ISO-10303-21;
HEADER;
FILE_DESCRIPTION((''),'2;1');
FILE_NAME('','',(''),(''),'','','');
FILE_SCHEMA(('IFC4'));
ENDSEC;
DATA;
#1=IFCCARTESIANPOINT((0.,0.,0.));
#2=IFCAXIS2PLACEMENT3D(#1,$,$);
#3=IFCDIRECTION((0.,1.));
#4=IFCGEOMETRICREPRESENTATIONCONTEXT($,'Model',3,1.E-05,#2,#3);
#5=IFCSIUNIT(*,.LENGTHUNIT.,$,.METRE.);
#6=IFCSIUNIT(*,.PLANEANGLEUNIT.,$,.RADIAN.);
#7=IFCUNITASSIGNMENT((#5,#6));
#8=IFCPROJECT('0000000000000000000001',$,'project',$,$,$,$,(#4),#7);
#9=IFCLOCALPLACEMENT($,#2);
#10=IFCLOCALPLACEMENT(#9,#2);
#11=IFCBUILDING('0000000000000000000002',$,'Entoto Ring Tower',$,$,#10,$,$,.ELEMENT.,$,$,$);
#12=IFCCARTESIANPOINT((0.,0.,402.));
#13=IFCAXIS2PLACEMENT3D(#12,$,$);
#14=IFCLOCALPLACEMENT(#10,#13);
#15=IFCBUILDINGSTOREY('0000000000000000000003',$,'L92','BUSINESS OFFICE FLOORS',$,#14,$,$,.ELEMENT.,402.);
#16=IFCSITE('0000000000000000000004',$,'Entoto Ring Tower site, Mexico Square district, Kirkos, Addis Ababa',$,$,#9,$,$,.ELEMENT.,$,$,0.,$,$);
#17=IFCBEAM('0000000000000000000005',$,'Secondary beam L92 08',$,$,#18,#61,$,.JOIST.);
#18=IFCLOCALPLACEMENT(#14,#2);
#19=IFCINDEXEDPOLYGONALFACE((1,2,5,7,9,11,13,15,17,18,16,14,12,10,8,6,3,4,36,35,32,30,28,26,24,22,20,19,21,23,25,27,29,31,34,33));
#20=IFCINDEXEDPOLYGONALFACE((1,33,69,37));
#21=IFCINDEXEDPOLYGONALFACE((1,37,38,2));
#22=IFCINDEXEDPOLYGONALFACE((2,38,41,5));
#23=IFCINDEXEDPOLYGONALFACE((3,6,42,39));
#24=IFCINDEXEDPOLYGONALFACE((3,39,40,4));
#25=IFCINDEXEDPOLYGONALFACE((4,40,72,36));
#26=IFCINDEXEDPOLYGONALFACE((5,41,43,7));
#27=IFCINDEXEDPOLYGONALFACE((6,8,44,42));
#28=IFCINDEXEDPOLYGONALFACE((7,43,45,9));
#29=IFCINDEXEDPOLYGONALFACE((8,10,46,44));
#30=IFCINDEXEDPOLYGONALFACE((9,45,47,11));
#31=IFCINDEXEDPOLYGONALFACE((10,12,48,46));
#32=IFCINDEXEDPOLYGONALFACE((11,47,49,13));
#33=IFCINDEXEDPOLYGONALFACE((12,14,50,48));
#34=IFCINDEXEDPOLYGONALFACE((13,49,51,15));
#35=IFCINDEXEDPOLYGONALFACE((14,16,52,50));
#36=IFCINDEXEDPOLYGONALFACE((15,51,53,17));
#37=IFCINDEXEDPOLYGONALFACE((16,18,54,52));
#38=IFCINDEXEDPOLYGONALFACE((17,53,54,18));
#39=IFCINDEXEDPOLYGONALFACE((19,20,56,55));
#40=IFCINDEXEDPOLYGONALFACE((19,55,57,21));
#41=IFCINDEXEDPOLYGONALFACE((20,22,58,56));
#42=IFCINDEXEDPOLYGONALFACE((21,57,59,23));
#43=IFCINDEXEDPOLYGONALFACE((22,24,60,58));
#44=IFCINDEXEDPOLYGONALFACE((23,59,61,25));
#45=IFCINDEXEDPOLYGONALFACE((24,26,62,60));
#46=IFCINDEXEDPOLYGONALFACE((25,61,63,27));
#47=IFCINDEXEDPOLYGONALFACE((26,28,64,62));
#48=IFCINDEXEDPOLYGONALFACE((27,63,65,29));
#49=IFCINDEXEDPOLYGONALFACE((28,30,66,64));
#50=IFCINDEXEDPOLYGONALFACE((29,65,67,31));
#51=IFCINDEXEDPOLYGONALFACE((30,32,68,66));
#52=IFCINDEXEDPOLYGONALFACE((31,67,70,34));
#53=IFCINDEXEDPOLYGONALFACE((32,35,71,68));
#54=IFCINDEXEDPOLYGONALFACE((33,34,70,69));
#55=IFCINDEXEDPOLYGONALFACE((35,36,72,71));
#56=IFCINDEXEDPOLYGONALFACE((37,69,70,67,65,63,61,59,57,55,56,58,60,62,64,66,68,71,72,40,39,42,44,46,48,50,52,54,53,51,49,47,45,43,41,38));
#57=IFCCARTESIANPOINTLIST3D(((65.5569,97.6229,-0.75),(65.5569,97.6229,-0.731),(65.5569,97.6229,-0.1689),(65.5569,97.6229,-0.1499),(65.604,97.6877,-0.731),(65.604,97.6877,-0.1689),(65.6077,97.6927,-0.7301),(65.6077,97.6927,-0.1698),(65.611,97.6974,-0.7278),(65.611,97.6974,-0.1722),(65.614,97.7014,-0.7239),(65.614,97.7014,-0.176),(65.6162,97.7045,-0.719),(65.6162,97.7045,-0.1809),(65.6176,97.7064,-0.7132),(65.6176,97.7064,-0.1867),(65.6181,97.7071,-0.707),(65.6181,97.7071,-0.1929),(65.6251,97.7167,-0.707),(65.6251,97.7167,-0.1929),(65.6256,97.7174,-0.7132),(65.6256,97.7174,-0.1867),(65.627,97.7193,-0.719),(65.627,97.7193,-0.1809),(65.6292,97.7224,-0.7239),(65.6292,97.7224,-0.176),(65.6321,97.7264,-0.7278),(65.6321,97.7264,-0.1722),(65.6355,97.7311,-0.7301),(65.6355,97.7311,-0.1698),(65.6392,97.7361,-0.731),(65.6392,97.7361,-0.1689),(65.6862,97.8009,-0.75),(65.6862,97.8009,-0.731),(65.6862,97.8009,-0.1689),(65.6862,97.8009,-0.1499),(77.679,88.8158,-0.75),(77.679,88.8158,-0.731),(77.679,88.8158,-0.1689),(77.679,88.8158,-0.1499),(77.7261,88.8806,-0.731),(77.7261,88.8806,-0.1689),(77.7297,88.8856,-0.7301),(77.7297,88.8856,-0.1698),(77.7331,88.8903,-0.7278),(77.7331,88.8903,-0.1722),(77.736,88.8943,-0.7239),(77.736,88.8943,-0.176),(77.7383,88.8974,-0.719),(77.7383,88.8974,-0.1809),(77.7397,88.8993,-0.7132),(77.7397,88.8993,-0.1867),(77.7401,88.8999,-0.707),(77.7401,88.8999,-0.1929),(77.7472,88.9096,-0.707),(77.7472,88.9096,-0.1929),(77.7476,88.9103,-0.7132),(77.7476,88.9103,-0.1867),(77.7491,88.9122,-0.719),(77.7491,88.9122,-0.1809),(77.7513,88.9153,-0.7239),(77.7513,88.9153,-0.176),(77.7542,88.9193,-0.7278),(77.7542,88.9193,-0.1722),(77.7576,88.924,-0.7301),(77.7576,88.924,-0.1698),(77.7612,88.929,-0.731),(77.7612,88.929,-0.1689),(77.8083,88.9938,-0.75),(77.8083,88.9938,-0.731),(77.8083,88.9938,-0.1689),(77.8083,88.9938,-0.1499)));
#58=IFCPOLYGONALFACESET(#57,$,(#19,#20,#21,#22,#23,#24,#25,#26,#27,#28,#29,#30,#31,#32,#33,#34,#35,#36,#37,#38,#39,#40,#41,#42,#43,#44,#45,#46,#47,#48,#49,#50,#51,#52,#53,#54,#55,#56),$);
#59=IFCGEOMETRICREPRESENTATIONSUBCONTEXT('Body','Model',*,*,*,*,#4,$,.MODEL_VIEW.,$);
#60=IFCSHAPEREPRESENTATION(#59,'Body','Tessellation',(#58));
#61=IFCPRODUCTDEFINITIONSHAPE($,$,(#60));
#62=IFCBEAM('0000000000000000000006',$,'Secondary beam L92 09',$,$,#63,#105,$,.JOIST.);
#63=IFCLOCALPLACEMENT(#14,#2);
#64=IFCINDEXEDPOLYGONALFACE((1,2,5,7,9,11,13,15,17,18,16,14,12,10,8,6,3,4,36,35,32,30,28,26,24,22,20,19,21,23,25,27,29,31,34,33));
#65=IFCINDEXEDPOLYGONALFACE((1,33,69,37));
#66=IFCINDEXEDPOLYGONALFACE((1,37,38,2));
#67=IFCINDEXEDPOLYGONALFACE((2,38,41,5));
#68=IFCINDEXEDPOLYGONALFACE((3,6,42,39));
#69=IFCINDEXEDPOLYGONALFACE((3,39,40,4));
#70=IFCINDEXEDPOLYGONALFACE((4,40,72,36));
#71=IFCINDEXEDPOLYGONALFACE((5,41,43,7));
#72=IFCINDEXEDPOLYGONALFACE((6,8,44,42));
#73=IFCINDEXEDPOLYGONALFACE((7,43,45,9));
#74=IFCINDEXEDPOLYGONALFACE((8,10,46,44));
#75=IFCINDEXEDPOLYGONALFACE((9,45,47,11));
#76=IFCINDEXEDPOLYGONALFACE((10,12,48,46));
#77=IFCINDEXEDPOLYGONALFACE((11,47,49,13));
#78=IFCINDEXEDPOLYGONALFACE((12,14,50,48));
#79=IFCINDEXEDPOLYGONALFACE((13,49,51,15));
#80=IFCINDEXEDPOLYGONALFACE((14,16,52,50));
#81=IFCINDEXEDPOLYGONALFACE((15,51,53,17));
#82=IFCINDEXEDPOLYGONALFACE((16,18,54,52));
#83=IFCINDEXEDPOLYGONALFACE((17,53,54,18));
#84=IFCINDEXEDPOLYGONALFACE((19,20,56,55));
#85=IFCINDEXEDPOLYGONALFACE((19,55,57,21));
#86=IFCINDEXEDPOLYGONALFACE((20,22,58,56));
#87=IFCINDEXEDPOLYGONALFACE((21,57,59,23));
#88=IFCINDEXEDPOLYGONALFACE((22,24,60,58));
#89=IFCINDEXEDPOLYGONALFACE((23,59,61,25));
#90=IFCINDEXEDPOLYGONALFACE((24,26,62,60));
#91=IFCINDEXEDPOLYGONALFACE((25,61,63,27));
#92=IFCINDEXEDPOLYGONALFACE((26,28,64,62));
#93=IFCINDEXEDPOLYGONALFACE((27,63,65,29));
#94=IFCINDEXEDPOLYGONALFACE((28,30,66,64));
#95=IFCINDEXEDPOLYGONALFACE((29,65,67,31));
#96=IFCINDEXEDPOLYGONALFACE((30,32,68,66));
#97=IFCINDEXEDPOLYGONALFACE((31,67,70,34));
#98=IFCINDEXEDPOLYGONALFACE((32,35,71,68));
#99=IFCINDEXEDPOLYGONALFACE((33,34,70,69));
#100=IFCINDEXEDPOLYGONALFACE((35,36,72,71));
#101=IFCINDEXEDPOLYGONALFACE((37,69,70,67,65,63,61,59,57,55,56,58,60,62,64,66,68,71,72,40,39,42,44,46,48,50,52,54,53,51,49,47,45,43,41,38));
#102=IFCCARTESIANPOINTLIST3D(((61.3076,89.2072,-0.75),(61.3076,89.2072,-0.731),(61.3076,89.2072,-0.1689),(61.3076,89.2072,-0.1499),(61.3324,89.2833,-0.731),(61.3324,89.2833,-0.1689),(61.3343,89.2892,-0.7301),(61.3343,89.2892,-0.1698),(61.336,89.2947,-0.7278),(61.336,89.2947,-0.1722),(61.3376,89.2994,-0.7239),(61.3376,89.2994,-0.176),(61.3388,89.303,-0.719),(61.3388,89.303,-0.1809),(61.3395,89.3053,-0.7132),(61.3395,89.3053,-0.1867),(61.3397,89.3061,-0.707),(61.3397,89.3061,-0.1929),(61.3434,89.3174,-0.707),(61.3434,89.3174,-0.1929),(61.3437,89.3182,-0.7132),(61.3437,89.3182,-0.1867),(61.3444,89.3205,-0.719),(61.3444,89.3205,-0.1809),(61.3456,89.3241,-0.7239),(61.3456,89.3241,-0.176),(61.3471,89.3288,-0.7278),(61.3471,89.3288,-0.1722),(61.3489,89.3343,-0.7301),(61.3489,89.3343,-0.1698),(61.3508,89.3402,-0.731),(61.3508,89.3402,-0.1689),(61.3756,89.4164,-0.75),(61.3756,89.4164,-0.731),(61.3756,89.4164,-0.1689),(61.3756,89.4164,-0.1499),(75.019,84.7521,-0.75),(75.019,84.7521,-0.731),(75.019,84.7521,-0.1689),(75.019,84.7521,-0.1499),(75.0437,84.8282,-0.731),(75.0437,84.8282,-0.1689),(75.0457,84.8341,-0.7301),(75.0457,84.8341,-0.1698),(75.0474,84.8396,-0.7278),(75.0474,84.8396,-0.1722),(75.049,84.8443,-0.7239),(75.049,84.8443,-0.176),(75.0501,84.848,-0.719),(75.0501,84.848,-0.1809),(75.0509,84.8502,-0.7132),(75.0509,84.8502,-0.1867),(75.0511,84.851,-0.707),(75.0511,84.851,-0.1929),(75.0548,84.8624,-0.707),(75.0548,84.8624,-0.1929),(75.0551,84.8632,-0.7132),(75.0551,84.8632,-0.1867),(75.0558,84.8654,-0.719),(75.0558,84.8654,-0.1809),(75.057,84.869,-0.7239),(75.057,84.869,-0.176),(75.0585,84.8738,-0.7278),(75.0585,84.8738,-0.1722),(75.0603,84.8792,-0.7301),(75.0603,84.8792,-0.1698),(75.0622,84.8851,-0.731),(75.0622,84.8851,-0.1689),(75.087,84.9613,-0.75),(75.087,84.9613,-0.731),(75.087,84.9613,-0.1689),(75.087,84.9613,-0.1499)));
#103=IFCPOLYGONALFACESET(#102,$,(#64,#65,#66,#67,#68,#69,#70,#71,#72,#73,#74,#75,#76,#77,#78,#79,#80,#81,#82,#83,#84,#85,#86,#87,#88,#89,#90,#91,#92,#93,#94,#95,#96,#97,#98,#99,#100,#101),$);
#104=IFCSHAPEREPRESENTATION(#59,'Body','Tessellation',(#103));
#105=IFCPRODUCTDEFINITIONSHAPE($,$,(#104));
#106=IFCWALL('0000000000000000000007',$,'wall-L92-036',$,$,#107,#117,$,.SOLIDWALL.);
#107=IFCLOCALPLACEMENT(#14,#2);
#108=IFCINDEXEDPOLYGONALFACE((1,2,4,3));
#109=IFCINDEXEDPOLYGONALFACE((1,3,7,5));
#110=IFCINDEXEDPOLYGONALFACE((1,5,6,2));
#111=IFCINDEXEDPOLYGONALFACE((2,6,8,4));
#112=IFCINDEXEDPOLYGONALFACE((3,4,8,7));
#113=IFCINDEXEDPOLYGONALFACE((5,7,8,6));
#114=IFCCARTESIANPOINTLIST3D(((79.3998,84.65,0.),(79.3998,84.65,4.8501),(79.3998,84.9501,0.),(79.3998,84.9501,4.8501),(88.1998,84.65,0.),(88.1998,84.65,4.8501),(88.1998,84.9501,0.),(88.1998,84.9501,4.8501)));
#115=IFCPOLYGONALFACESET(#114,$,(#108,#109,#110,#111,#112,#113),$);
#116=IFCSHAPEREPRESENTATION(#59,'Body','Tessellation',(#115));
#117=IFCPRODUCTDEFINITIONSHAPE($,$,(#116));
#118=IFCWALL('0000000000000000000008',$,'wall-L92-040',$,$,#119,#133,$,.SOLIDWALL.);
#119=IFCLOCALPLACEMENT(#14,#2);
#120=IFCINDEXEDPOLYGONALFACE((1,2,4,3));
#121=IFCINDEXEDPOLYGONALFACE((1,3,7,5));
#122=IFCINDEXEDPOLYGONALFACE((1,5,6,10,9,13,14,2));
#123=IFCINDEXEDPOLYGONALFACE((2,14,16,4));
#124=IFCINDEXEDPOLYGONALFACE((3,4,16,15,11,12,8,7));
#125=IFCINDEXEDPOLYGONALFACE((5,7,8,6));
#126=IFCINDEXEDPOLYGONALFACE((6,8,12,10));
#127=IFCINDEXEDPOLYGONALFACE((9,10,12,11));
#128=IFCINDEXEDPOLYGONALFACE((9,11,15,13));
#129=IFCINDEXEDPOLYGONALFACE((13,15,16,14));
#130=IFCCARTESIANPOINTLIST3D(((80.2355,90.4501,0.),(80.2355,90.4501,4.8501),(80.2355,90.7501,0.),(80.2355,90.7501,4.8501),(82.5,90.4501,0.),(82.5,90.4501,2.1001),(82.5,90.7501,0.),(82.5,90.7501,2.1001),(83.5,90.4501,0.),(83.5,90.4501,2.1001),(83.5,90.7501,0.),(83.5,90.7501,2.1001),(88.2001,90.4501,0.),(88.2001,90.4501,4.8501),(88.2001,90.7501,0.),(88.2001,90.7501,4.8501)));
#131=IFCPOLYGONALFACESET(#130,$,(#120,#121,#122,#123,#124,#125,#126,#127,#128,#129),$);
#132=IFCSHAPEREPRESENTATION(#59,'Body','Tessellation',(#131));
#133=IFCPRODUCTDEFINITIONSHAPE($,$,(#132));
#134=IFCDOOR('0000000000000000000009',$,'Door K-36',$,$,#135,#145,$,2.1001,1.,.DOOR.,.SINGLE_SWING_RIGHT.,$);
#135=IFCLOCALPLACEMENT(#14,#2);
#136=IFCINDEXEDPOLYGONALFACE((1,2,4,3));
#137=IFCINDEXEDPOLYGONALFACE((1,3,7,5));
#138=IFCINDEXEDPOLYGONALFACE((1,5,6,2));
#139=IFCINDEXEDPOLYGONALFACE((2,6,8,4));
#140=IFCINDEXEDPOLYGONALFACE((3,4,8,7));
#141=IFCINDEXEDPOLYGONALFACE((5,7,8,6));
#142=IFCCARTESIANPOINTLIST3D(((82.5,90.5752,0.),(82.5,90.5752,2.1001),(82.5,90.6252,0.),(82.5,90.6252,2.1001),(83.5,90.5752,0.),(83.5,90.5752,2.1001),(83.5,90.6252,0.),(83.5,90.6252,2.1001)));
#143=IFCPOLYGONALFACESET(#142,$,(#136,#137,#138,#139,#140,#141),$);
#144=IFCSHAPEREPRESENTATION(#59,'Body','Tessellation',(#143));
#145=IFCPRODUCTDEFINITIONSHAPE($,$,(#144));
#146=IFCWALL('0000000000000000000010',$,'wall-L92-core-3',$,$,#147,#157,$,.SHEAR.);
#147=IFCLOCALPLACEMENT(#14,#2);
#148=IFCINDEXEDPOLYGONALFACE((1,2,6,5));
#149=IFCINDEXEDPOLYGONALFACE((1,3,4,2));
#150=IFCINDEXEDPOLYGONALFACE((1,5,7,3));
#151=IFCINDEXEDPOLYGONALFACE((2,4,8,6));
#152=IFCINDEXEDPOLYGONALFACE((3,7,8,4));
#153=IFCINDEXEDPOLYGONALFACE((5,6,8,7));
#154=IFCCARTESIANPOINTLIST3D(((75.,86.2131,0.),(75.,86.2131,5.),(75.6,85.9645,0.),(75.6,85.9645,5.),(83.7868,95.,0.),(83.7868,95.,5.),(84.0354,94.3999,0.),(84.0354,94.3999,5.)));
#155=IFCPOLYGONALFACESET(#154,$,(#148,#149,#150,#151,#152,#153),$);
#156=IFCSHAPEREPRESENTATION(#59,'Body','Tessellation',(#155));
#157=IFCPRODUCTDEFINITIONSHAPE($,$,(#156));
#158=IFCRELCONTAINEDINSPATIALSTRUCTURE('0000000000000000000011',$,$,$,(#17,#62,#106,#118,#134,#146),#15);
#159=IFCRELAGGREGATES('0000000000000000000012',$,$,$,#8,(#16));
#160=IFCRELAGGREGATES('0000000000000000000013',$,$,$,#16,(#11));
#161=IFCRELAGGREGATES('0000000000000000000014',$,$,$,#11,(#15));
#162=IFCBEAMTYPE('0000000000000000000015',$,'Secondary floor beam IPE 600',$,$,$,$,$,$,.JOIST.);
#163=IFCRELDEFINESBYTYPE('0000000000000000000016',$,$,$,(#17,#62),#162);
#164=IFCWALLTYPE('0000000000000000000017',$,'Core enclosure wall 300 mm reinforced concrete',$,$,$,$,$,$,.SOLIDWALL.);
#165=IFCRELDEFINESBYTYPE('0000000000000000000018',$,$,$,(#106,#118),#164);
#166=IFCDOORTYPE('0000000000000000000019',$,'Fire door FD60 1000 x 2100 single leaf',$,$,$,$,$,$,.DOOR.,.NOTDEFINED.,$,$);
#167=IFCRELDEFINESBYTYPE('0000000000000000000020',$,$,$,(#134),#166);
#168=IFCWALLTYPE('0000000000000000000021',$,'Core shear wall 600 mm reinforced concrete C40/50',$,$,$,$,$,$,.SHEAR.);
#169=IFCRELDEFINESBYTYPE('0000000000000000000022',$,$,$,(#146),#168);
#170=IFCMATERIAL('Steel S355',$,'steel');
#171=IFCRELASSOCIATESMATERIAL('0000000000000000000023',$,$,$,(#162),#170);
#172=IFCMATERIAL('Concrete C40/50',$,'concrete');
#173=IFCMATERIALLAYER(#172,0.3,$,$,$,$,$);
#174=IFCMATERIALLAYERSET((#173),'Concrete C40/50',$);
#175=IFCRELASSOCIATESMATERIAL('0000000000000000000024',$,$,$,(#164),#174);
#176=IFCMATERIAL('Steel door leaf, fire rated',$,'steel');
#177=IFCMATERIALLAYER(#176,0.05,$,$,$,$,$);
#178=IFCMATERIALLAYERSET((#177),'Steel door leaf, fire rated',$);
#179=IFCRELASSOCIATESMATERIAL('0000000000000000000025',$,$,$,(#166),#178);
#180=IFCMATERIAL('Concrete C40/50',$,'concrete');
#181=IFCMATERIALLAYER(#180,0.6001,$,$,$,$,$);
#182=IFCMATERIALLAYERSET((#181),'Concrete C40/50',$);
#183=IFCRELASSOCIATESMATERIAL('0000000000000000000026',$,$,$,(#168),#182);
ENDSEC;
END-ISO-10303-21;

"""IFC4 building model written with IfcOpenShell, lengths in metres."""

from ifc_helpers import new_model, si_unit, direction, frame, frame_2d, origin, origin_2d, place, context, subcontext, project, spatial, polyline, rectangle, i_section, outline, extrude, material, layer, layer_set, material_profile, profile_set, type_object, element, fill, save


model = new_model("IFC4")

# Units and contexts
model_context = context("Model", 3, precision=1e-05, world=origin(), true_north=direction((0.0, 1.0)))
body_context = subcontext(model_context, "Body", "Model", "MODEL_VIEW")
ifc_project = project(units=[si_unit("LENGTHUNIT", "METRE"), si_unit("PLANEANGLEUNIT", "RADIAN")], contexts=[model_context])

# Site, building, storey
site_placement = place(None, origin())
site = spatial("IfcSite", under=ifc_project, at=site_placement, Name="Entoto Ring Tower site, Mexico Square district, Kirkos, Addis Ababa", CompositionType="ELEMENT", RefElevation=0.0)
building_placement = place(site_placement, origin())
building = spatial("IfcBuilding", under=site, at=building_placement, Name="Entoto Ring Tower", CompositionType="ELEMENT")
storey_placement = place(building_placement, frame((0.0, 0.0, 402.0)))
storey = spatial("IfcBuildingStorey", under=building, at=storey_placement, Name="L92", Description="BUSINESS OFFICE FLOORS", CompositionType="ELEMENT", Elevation=402.0)

# Beams
ifc_material_1 = material(Name="Steel S355", Category="steel")
ifc_material_profile_1 = material_profile(ifc_material_1, i_section(OverallWidth=0.22, OverallDepth=0.6001, WebThickness=0.012, FlangeThickness=0.019, FilletRadius=0.0239, at=origin_2d()), Name="IPE 600")
ifc_profile_set_1 = profile_set([ifc_material_profile_1], Name="Steel S355")
beam_type_1 = type_object("IfcBeamType", Name="Secondary floor beam IPE 600", PredefinedType="JOIST", material=ifc_profile_set_1)
for number, where, z_axis, x_axis, name in (
    (1, (77.7437, 88.9048, -0.45), (-0.809019, 0.587782, 0.0), (-0.587782, -0.809019, 0.0), "Secondary beam L92 08"),
):
    element("IfcBeam", number, at=place(storey_placement, frame(where, z_axis=z_axis, x_axis=x_axis)), inside=storey, type_object=beam_type_1, Name=name, PredefinedType="JOIST", context=body_context, shape_type="SweptSolid", body=[
        extrude(i_section(OverallWidth=0.22, OverallDepth=0.6001, WebThickness=0.012, FlangeThickness=0.019, FilletRadius=0.0239, at=origin_2d()), origin(), (0.0, 0.0, 1.0), 14.9836),
    ])
beam_1_placement = place(storey_placement, frame((75.053, 84.8567, -0.45), z_axis=(-0.951057, 0.309015, 0.0), x_axis=(-0.309015, -0.951057, 0.0)))
element("IfcBeam", 2, at=beam_1_placement, inside=storey, type_object=beam_type_1, Name="Secondary beam L92 09", PredefinedType="JOIST", context=body_context, shape_type="SweptSolid", body=[
    extrude(i_section(OverallWidth=0.22, OverallDepth=0.6001, WebThickness=0.012, FlangeThickness=0.019, FilletRadius=0.0239, at=origin_2d()), origin(), (0.0, 0.0, 1.0), 14.417),
])

# Wall
ifc_material_2 = material(Name="Concrete C40/50", Category="concrete")
ifc_layer_1 = layer(ifc_material_2, 0.3)
ifc_layer_set_1 = layer_set([ifc_layer_1], Name="Concrete C40/50")
wall_type_1 = type_object("IfcWallType", Name="Core enclosure wall 300 mm reinforced concrete", PredefinedType="SOLIDWALL", material=ifc_layer_set_1)
wall_1_placement = place(storey_placement, frame((79.3999, 84.8, 0.0), z_axis=(0.0, 0.0, 1.0), x_axis=(1.0, 0.0, 0.0)))
element("IfcWall", 3, at=wall_1_placement, inside=storey, type_object=wall_type_1, Name="wall-L92-036", PredefinedType="SOLIDWALL", context=body_context, shape_type="SweptSolid", body=[
    extrude(rectangle(XDim=8.8, YDim=0.3, at=frame_2d((4.3999, 0.0))), origin(), (0.0, 0.0, 1.0), 4.8501),
])

# Wall, opening, door
wall_2_placement = place(storey_placement, frame((80.2354, 90.6001, 0.0), z_axis=(0.0, 0.0, 1.0), x_axis=(1.0, 0.0, 0.0)))
wall_2 = element("IfcWall", 4, at=wall_2_placement, inside=storey, type_object=wall_type_1, Name="wall-L92-040", PredefinedType="SOLIDWALL", context=body_context, shape_type="SweptSolid", body=[
    extrude(rectangle(XDim=7.9646, YDim=0.3, at=frame_2d((3.9824, 0.0))), origin(), (0.0, 0.0, 1.0), 4.8501),
])
opening_1_placement = place(wall_2_placement, frame((2.2646, 0.0, 0.0)))
opening_1 = element("IfcOpeningElement", 5, at=opening_1_placement, cuts=wall_2, PredefinedType="OPENING", context=body_context, shape_type="SweptSolid", body=[
    extrude(rectangle(XDim=1.0, YDim=2.1001, at=frame_2d((0.5, 1.05))), frame((0.0, 0.1602, 0.0), z_axis=(0.0, -1.0, 0.0), x_axis=(1.0, 0.0, 0.0)), (0.0, 0.0, 1.0), 0.3201),
])
ifc_material_3 = material(Name="Steel door leaf, fire rated", Category="steel")
ifc_layer_2 = layer(ifc_material_3, 0.05)
ifc_layer_set_2 = layer_set([ifc_layer_2], Name="Steel door leaf, fire rated")
door_type_1 = type_object("IfcDoorType", Name="Fire door FD60 1000 x 2100 single leaf", OperationType="NOTDEFINED", PredefinedType="DOOR", material=ifc_layer_set_2)
door_1_placement = place(opening_1_placement, frame((1.0, 0.0, 0.0), z_axis=(0.0, 0.0, 1.0), x_axis=(-1.0, 0.0, 0.0)))
door_1 = element("IfcDoor", 6, at=door_1_placement, inside=storey, type_object=door_type_1, Name="Door K-36", OperationType="SINGLE_SWING_RIGHT", OverallHeight=2.1001, OverallWidth=1.0, PredefinedType="DOOR", context=body_context, shape_type="SweptSolid", body=[
    extrude(rectangle(XDim=1.0, YDim=2.1001, at=frame_2d((0.5, 1.05))), frame((0.0, 0.0249, 0.0), z_axis=(0.0, -1.0, 0.0), x_axis=(1.0, 0.0, 0.0)), (0.0, 0.0, 1.0), 0.05),
])
fill(opening_1, door_1)

# Wall
ifc_material_4 = material(Name="Concrete C40/50", Category="concrete")
ifc_layer_3 = layer(ifc_material_4, 0.6001)
ifc_layer_set_3 = layer_set([ifc_layer_3], Name="Concrete C40/50")
wall_type_2 = type_object("IfcWallType", Name="Core shear wall 600 mm reinforced concrete C40/50", PredefinedType="SHEAR", material=ifc_layer_set_3)
wall_3_placement = place(storey_placement, frame((83.9111, 94.7, 0.0), z_axis=(0.0, 0.0, 1.0), x_axis=(-0.707107, -0.707107, 0.0)))
element("IfcWall", 7, at=wall_3_placement, inside=storey, type_object=wall_type_2, Name="wall-L92-core-3", PredefinedType="SHEAR", context=body_context, shape_type="SweptSolid", body=[
    extrude(outline(polyline([(-0.1243, -0.3), (12.3022, -0.3), (12.0537, 0.3), (0.1243, 0.3), (-0.1243, -0.3)])), origin(), (0.0, 0.0, 1.0), 5.0),
])

save(model, "model.ifc")
